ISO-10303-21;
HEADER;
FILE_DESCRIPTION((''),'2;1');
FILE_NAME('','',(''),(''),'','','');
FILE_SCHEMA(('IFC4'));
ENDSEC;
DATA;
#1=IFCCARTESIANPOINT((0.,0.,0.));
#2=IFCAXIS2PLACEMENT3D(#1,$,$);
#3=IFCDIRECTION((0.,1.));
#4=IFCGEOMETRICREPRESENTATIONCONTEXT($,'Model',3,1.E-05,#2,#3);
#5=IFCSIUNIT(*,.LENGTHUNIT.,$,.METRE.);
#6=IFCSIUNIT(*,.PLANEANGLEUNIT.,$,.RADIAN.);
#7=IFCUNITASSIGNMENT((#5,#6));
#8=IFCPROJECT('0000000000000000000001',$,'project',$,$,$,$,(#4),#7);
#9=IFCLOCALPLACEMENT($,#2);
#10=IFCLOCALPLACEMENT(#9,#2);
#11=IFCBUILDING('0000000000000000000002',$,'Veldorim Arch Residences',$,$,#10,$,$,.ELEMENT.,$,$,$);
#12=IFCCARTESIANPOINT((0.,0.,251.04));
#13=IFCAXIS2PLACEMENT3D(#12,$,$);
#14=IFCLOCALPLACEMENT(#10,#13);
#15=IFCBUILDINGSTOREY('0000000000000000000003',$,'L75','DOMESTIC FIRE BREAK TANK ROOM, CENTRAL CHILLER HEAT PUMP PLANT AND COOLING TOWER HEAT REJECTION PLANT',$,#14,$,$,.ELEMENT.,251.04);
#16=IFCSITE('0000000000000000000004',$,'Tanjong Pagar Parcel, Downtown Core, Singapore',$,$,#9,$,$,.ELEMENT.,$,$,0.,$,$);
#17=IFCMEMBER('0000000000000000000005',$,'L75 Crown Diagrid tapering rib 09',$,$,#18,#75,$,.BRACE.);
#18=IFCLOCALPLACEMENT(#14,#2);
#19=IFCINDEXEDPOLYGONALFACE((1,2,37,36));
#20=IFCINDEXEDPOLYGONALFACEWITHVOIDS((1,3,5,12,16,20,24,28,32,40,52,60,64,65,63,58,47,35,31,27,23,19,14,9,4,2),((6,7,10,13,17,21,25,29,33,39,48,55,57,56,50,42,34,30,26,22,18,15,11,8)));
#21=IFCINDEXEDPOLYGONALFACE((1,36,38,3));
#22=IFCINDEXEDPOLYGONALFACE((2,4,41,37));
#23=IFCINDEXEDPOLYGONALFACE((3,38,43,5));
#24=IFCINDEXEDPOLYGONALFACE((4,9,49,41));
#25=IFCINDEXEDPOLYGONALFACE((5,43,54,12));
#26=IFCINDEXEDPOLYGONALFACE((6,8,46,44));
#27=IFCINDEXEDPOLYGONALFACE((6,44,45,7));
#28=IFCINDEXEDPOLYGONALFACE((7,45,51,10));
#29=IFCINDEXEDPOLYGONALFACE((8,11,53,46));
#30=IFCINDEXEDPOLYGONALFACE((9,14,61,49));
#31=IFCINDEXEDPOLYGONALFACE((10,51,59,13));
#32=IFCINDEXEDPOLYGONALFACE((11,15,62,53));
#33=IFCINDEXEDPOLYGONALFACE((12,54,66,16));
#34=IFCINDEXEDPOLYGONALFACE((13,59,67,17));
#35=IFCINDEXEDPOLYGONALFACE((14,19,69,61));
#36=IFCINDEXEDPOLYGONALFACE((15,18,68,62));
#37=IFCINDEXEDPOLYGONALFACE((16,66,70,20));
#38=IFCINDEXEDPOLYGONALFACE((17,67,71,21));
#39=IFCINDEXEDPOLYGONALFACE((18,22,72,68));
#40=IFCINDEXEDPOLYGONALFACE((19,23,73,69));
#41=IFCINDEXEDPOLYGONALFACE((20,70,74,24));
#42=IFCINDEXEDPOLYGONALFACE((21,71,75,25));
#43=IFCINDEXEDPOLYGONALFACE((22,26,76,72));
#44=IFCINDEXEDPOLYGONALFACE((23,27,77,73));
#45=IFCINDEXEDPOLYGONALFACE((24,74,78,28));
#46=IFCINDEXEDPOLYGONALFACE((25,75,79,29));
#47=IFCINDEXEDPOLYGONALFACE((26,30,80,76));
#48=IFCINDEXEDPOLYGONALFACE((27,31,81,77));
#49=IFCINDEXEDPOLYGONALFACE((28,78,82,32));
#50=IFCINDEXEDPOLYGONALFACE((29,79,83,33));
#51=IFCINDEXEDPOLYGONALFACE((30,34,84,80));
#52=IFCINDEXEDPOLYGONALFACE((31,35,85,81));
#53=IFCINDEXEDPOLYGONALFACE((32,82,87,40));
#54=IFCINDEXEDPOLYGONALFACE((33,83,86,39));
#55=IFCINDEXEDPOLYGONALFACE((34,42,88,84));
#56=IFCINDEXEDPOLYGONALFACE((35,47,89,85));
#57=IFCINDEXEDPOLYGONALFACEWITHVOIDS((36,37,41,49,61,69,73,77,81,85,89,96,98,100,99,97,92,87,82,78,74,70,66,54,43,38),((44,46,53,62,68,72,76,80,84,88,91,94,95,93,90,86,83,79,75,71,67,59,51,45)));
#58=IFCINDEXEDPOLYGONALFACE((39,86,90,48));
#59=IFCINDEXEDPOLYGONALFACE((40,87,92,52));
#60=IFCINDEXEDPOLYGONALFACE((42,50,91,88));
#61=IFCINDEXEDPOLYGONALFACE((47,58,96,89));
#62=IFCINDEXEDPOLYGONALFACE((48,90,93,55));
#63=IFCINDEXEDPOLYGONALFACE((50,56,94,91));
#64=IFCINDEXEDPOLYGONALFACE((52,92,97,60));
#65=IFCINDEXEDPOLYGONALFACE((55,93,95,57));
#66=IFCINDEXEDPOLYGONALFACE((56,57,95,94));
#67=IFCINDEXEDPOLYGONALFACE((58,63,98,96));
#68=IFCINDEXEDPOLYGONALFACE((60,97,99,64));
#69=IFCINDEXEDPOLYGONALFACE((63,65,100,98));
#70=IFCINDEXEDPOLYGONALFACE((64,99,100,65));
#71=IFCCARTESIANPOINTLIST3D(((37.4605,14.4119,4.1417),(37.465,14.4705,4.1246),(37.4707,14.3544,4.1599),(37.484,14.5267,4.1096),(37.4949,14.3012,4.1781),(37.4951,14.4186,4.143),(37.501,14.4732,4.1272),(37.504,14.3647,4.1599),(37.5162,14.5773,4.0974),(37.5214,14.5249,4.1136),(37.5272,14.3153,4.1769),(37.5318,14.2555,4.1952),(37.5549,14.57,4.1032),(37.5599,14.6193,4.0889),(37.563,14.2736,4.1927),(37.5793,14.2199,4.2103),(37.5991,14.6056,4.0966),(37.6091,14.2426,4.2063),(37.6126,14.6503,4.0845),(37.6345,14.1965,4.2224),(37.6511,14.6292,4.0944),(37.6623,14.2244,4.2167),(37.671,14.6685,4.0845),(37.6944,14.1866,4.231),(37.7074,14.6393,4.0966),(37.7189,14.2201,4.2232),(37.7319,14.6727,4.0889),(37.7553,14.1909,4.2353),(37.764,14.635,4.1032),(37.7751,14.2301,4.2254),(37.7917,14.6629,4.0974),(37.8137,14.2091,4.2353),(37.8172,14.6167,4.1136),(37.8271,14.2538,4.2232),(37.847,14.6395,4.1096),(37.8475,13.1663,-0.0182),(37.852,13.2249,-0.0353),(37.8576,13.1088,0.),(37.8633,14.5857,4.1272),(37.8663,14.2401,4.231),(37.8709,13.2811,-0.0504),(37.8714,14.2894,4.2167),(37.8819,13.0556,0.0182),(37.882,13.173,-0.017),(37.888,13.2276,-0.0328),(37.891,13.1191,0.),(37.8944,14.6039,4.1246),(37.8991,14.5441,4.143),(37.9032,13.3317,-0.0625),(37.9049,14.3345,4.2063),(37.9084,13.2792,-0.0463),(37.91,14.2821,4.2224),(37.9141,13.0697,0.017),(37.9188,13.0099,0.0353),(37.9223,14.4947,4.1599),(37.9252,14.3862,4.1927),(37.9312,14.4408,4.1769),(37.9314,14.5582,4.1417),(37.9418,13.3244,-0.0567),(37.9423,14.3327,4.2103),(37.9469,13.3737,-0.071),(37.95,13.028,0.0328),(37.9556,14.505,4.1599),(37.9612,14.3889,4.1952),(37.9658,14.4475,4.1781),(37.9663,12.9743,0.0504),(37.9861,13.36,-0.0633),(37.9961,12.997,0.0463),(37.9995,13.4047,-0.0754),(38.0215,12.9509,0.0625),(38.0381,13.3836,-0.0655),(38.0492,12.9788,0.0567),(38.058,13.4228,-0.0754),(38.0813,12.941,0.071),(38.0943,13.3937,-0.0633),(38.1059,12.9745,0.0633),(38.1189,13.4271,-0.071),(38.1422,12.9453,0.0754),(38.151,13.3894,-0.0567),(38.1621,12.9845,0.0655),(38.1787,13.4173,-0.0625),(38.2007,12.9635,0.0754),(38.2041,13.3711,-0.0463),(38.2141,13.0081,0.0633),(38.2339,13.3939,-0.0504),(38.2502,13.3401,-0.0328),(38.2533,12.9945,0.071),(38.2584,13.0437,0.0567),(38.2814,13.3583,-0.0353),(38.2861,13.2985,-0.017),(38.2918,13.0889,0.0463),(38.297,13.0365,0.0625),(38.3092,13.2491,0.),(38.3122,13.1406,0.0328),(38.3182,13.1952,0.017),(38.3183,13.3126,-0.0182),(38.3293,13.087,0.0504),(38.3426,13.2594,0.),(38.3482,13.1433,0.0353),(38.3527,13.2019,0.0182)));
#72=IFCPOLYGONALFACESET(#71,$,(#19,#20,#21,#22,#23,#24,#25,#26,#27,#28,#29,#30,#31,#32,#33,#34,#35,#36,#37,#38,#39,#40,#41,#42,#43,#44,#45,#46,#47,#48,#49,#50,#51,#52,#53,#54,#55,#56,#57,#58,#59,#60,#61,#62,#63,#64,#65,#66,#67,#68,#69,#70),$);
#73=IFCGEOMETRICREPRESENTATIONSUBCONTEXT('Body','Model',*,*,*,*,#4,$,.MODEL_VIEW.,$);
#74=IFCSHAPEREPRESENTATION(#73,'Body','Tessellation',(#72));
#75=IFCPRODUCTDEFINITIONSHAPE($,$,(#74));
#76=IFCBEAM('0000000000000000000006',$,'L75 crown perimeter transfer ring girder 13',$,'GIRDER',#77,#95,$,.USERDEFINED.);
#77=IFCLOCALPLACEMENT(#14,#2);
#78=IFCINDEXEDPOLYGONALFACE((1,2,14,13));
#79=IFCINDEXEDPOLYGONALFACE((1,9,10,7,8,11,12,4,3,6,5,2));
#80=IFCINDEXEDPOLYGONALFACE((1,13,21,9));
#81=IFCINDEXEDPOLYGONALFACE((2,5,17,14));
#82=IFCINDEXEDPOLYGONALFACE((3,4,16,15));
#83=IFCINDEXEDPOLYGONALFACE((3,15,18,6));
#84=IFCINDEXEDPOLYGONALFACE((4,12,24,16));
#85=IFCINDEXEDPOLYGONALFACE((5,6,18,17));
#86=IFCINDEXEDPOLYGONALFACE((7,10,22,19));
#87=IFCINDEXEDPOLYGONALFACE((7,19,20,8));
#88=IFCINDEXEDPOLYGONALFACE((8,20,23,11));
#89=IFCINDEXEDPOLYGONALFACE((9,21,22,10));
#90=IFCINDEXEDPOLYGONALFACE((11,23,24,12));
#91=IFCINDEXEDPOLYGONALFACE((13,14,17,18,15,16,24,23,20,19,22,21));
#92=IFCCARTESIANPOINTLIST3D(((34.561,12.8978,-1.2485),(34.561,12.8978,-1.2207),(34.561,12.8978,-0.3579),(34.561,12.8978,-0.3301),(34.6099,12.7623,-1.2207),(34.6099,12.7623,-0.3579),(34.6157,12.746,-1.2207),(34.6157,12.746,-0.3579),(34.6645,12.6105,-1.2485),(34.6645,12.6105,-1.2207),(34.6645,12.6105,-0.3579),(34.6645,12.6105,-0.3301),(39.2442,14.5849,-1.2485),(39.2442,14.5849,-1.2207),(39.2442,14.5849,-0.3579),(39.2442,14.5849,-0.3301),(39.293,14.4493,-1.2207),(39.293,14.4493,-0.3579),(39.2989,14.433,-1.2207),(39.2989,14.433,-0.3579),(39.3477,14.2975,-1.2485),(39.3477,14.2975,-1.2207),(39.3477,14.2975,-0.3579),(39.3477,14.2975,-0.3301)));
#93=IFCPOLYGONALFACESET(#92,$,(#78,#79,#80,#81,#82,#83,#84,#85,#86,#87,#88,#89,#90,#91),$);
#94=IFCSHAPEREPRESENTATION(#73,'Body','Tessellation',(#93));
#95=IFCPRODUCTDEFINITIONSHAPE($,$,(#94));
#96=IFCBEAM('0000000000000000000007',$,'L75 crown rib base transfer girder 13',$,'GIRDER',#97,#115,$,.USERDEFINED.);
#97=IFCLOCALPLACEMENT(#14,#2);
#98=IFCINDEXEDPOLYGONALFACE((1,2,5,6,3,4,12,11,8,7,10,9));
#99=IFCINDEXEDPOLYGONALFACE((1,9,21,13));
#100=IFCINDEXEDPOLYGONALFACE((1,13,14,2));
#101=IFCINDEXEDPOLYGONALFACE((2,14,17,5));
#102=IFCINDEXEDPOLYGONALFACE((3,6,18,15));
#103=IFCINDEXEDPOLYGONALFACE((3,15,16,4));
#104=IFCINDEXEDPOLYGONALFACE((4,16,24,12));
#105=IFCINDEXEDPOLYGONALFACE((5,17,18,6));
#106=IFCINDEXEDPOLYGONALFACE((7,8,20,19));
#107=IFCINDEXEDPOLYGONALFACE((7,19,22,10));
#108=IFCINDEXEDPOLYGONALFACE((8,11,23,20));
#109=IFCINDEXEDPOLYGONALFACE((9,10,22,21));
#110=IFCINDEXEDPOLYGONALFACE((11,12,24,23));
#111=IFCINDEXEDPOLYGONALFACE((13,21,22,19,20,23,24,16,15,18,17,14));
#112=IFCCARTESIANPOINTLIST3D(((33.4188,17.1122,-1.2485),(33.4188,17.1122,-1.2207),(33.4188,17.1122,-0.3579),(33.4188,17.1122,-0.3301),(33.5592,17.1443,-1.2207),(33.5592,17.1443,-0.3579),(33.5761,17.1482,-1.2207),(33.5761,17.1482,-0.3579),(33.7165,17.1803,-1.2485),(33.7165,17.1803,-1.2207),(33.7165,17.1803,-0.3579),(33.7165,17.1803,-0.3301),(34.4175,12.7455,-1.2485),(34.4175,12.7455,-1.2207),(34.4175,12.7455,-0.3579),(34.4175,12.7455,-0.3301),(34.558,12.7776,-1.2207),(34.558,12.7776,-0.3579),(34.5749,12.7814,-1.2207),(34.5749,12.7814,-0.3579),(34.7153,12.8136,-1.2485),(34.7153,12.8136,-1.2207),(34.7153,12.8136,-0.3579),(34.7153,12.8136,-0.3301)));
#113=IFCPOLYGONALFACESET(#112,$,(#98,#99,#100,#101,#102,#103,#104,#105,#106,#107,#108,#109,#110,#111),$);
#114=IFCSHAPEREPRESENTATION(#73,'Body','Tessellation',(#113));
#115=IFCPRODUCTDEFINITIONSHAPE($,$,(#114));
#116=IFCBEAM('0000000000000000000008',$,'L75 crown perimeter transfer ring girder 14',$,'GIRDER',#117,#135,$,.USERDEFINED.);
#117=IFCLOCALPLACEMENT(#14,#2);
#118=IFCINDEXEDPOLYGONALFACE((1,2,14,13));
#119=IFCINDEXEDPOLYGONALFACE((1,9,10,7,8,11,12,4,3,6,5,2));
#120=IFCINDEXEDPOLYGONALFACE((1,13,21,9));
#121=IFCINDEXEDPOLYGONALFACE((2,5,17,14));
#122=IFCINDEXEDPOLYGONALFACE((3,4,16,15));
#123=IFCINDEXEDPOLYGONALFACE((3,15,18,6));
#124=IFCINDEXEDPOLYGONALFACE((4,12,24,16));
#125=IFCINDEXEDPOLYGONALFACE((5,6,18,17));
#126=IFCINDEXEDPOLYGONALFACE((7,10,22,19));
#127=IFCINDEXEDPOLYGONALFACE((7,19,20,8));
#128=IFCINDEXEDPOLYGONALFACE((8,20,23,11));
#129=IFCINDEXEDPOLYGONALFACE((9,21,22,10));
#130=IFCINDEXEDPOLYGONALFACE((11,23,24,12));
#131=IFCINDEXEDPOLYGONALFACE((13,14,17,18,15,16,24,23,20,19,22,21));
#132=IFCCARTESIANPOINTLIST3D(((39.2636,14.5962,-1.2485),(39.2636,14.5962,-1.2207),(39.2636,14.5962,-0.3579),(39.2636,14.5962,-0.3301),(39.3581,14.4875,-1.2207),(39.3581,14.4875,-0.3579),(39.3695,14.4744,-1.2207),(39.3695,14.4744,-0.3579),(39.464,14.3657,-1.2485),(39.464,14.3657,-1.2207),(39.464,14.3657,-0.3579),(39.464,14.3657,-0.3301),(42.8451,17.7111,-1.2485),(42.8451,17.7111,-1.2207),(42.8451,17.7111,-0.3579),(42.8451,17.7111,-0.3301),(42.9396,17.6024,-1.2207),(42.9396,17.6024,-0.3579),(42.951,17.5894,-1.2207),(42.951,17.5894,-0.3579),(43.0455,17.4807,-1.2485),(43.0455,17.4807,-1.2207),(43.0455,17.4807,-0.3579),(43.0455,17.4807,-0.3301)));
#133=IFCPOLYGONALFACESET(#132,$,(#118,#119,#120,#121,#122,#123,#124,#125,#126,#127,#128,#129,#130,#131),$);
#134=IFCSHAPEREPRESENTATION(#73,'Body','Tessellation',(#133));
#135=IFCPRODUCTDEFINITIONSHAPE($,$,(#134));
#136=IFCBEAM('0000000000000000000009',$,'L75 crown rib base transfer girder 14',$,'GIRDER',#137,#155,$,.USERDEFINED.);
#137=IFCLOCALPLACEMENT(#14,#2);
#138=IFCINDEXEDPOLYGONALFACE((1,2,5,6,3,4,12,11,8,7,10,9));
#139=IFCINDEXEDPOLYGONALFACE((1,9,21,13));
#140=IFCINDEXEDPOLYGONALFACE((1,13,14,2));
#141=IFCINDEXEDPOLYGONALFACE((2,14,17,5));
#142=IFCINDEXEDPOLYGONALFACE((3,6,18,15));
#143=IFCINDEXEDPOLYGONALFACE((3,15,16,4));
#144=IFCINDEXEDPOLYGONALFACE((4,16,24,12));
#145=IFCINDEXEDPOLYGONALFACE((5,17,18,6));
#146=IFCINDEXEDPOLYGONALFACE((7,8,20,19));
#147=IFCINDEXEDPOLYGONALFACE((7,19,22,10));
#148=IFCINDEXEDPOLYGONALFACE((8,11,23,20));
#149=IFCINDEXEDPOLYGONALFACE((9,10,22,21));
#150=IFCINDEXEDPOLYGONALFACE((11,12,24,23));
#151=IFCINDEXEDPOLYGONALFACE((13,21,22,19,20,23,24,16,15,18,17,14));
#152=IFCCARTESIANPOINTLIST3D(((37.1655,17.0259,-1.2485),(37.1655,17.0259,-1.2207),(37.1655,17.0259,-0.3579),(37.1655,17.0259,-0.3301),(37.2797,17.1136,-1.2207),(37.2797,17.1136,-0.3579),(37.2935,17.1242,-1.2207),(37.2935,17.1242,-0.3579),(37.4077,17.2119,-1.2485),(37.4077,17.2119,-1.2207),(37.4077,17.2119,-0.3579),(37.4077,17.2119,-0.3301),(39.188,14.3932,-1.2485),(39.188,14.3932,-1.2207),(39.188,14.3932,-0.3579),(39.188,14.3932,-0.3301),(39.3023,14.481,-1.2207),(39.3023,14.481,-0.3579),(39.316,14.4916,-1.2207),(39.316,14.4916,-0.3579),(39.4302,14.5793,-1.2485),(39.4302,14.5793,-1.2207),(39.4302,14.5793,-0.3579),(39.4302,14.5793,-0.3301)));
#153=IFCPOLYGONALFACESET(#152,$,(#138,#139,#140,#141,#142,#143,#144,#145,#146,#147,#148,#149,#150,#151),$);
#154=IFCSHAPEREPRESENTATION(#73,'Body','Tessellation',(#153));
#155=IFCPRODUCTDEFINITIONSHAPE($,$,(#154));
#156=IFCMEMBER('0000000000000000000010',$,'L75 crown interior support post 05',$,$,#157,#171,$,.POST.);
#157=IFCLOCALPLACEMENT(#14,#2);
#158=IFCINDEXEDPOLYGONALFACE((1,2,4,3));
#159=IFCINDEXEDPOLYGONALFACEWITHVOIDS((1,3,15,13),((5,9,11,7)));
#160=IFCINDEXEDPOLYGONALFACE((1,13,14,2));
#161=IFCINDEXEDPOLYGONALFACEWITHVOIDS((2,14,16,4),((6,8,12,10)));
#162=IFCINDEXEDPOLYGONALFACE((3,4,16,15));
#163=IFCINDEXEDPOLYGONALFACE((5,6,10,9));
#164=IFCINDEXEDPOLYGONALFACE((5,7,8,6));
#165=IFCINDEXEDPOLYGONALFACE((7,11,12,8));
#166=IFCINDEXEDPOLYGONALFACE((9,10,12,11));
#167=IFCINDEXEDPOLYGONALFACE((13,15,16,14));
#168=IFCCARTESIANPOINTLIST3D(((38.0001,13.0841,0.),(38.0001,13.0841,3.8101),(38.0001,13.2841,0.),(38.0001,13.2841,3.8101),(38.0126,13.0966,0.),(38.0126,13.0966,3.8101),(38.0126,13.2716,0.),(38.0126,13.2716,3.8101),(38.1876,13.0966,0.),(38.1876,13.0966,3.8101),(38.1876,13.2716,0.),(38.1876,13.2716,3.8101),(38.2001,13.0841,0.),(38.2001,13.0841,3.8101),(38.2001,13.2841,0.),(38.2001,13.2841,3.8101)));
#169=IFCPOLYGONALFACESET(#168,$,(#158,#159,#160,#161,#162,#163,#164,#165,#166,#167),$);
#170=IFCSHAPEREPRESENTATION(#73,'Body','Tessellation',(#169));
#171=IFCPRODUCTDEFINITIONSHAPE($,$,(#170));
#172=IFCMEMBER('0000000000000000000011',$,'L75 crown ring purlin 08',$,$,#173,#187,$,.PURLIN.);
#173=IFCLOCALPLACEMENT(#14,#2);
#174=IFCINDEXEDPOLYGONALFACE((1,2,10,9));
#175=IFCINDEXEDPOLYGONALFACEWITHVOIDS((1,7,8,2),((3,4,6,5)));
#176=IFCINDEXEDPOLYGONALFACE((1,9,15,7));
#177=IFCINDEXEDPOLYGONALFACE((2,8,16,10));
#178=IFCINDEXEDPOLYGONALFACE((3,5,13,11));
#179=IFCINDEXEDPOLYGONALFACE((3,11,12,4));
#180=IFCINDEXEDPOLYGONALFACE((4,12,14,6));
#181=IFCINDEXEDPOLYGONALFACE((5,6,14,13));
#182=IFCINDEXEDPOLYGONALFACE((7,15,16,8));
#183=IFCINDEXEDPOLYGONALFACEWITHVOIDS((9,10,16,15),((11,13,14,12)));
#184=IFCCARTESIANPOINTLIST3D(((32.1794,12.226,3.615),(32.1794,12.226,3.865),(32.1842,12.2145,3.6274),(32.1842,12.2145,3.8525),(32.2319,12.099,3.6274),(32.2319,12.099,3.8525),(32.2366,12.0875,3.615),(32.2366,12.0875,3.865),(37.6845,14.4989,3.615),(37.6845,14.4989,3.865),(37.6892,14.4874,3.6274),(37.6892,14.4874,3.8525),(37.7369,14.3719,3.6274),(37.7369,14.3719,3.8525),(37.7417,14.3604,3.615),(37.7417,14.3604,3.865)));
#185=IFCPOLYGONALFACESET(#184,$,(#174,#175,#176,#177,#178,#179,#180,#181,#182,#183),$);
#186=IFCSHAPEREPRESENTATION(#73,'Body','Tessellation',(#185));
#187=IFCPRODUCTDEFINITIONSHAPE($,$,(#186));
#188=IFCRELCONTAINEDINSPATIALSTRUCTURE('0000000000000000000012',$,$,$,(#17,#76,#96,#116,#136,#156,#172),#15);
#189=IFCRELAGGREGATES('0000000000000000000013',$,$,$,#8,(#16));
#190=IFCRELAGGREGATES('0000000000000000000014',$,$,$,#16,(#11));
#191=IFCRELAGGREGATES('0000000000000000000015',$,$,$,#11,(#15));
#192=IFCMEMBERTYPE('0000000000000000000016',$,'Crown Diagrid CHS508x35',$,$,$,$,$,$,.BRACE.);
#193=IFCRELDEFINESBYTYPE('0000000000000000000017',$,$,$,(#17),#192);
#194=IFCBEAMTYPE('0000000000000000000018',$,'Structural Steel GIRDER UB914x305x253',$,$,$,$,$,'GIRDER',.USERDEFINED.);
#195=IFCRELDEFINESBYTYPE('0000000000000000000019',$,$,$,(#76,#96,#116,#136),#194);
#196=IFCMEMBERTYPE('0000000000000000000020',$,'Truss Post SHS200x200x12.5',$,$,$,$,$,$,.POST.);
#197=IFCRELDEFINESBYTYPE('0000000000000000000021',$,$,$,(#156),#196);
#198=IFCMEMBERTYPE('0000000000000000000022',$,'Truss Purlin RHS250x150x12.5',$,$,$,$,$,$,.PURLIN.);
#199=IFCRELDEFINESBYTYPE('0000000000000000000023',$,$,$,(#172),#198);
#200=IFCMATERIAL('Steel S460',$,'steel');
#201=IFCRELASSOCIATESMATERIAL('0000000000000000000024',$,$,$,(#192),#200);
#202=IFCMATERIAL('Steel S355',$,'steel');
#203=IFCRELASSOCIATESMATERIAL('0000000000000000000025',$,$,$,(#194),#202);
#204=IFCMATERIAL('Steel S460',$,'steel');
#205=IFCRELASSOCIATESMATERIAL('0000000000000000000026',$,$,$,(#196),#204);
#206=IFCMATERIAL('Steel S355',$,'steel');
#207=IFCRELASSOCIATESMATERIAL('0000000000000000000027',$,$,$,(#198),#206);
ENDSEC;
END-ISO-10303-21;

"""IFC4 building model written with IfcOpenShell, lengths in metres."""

from ifc_helpers import new_model, si_unit, direction, frame, origin, origin_2d, place, context, subcontext, project, spatial, hollow_rectangle, hollow_circle, i_section, extrude, material, material_profile, profile_set, type_object, element, save


model = new_model("IFC4")

# Units and contexts
model_context = context("Model", 3, precision=1e-05, world=origin(), true_north=direction((0.0, 1.0)))
body_context = subcontext(model_context, "Body", "Model", "MODEL_VIEW")
ifc_project = project(units=[si_unit("LENGTHUNIT", "METRE"), si_unit("PLANEANGLEUNIT", "RADIAN")], contexts=[model_context])

# Site, building, storey
site_placement = place(None, origin())
site = spatial("IfcSite", under=ifc_project, at=site_placement, Name="Tanjong Pagar Parcel, Downtown Core, Singapore", CompositionType="ELEMENT", RefElevation=0.0)
building_placement = place(site_placement, origin())
building = spatial("IfcBuilding", under=site, at=building_placement, Name="Veldorim Arch Residences", CompositionType="ELEMENT")
storey_placement = place(building_placement, frame((0.0, 0.0, 251.04)))
storey = spatial("IfcBuildingStorey", under=building, at=storey_placement, Name="L75", Description="DOMESTIC FIRE BREAK TANK ROOM, CENTRAL CHILLER HEAT PUMP PLANT AND COOLING TOWER HEAT REJECTION PLANT", CompositionType="ELEMENT", Elevation=251.04)

# Member
ifc_material_1 = material(Name="Steel S460", Category="steel")
ifc_material_profile_1 = material_profile(ifc_material_1, hollow_circle(Radius=0.2539, WallThickness=0.0349, at=origin_2d()), Name="CHS508x35")
ifc_profile_set_1 = profile_set([ifc_material_profile_1], Name="Steel S460")
member_type_1 = type_object("IfcMemberType", Name="Crown Diagrid CHS508x35", PredefinedType="BRACE", material=ifc_profile_set_1)
member_1_placement = place(storey_placement, frame((38.1001, 13.1841, 0.0), z_axis=(-0.088761, 0.285715, 0.954195), x_axis=(-0.954978, -0.296676, 0.0)))
element("IfcMember", 1, at=member_1_placement, inside=storey, type_object=member_type_1, Name="L75 Crown Diagrid tapering rib 09", PredefinedType="BRACE", context=body_context, shape_type="SweptSolid", body=[
    extrude(hollow_circle(Radius=0.2539, WallThickness=0.0349, at=origin_2d()), origin(), (0.0, 0.0, 1.0), 4.3596),
])

# Beams
ifc_material_2 = material(Name="Steel S355", Category="steel")
ifc_material_profile_2 = material_profile(ifc_material_2, i_section(OverallWidth=0.3054, OverallDepth=0.9185, WebThickness=0.0173, FlangeThickness=0.0278, at=origin_2d()), Name="UB914x305x253")
ifc_profile_set_2 = profile_set([ifc_material_profile_2], Name="Steel S355")
beam_type = type_object("IfcBeamType", Name="Structural Steel GIRDER UB914x305x253", ElementType="GIRDER", PredefinedType="USERDEFINED", material=ifc_profile_set_2)
beam_1_placement = place(storey_placement, frame((34.6128, 12.7542, -0.7893), z_axis=(0.940817, 0.338914, 0.0), x_axis=(-0.338914, 0.940817, 0.0)))
element("IfcBeam", 2, at=beam_1_placement, inside=storey, type_object=beam_type, Name="L75 crown perimeter transfer ring girder 13", ObjectType="GIRDER", PredefinedType="USERDEFINED", context=body_context, shape_type="SweptSolid", body=[
    extrude(i_section(OverallWidth=0.3054, OverallDepth=0.9185, WebThickness=0.0173, FlangeThickness=0.0278, at=origin_2d()), origin(), (0.0, 0.0, 1.0), 4.9778),
])
beam_2_placement = place(storey_placement, frame((33.5676, 17.1462, -0.7893), z_axis=(0.222968, -0.974826, 0.0), x_axis=(0.974826, 0.222968, 0.0)))
element("IfcBeam", 3, at=beam_2_placement, inside=storey, type_object=beam_type, Name="L75 crown rib base transfer girder 13", ObjectType="GIRDER", PredefinedType="USERDEFINED", context=body_context, shape_type="SweptSolid", body=[
    extrude(i_section(OverallWidth=0.3054, OverallDepth=0.9185, WebThickness=0.0173, FlangeThickness=0.0278, at=origin_2d()), origin(), (0.0, 0.0, 1.0), 4.4795),
])
beam_3_placement = place(storey_placement, frame((39.3638, 14.481, -0.7893), z_axis=(0.754542, 0.656251, 0.0), x_axis=(-0.656251, 0.754542, 0.0)))
element("IfcBeam", 4, at=beam_3_placement, inside=storey, type_object=beam_type, Name="L75 crown perimeter transfer ring girder 14", ObjectType="GIRDER", PredefinedType="USERDEFINED", context=body_context, shape_type="SweptSolid", body=[
    extrude(i_section(OverallWidth=0.3054, OverallDepth=0.9185, WebThickness=0.0173, FlangeThickness=0.0278, at=origin_2d()), origin(), (0.0, 0.0, 1.0), 4.7466),
])
beam_4_placement = place(storey_placement, frame((37.2866, 17.1189, -0.7893), z_axis=(0.60922, -0.793001, 0.0), x_axis=(0.793001, 0.60922, 0.0)))
element("IfcBeam", 5, at=beam_4_placement, inside=storey, type_object=beam_type, Name="L75 crown rib base transfer girder 14", ObjectType="GIRDER", PredefinedType="USERDEFINED", context=body_context, shape_type="SweptSolid", body=[
    extrude(i_section(OverallWidth=0.3054, OverallDepth=0.9185, WebThickness=0.0173, FlangeThickness=0.0278, at=origin_2d()), origin(), (0.0, 0.0, 1.0), 3.3198),
])

# Members
ifc_material_3 = material(Name="Steel S460", Category="steel")
ifc_material_profile_3 = material_profile(ifc_material_3, hollow_rectangle(XDim=0.2, YDim=0.2, WallThickness=0.0125, at=origin_2d()), Name="SHS200x200x12.5")
ifc_profile_set_3 = profile_set([ifc_material_profile_3], Name="Steel S460")
member_type_2 = type_object("IfcMemberType", Name="Truss Post SHS200x200x12.5", PredefinedType="POST", material=ifc_profile_set_3)
member_2_placement = place(storey_placement, frame((38.1001, 13.1841, 0.0), z_axis=(0.0, 0.0, 1.0), x_axis=(1.0, 0.0, 0.0)))
element("IfcMember", 6, at=member_2_placement, inside=storey, type_object=member_type_2, Name="L75 crown interior support post 05", PredefinedType="POST", context=body_context, shape_type="SweptSolid", body=[
    extrude(hollow_rectangle(XDim=0.2, YDim=0.2, WallThickness=0.0125, at=origin_2d()), origin(), (0.0, 0.0, 1.0), 3.8101),
])
ifc_material_4 = material(Name="Steel S355", Category="steel")
ifc_material_profile_4 = material_profile(ifc_material_4, hollow_rectangle(XDim=0.1499, YDim=0.25, WallThickness=0.0125, at=origin_2d()), Name="RHS250x150x12.5")
ifc_profile_set_4 = profile_set([ifc_material_profile_4], Name="Steel S355")
member_type_3 = type_object("IfcMemberType", Name="Truss Purlin RHS250x150x12.5", PredefinedType="PURLIN", material=ifc_profile_set_4)
member_3_placement = place(storey_placement, frame((32.208, 12.1567, 3.74), z_axis=(0.924315, 0.38163, 0.0), x_axis=(-0.38163, 0.924315, 0.0)))
element("IfcMember", 7, at=member_3_placement, inside=storey, type_object=member_type_3, Name="L75 crown ring purlin 08", PredefinedType="PURLIN", context=body_context, shape_type="SweptSolid", body=[
    extrude(hollow_rectangle(XDim=0.1499, YDim=0.25, WallThickness=0.0125, at=origin_2d()), origin(), (0.0, 0.0, 1.0), 5.9558),
])

save(model, "model.ifc")
